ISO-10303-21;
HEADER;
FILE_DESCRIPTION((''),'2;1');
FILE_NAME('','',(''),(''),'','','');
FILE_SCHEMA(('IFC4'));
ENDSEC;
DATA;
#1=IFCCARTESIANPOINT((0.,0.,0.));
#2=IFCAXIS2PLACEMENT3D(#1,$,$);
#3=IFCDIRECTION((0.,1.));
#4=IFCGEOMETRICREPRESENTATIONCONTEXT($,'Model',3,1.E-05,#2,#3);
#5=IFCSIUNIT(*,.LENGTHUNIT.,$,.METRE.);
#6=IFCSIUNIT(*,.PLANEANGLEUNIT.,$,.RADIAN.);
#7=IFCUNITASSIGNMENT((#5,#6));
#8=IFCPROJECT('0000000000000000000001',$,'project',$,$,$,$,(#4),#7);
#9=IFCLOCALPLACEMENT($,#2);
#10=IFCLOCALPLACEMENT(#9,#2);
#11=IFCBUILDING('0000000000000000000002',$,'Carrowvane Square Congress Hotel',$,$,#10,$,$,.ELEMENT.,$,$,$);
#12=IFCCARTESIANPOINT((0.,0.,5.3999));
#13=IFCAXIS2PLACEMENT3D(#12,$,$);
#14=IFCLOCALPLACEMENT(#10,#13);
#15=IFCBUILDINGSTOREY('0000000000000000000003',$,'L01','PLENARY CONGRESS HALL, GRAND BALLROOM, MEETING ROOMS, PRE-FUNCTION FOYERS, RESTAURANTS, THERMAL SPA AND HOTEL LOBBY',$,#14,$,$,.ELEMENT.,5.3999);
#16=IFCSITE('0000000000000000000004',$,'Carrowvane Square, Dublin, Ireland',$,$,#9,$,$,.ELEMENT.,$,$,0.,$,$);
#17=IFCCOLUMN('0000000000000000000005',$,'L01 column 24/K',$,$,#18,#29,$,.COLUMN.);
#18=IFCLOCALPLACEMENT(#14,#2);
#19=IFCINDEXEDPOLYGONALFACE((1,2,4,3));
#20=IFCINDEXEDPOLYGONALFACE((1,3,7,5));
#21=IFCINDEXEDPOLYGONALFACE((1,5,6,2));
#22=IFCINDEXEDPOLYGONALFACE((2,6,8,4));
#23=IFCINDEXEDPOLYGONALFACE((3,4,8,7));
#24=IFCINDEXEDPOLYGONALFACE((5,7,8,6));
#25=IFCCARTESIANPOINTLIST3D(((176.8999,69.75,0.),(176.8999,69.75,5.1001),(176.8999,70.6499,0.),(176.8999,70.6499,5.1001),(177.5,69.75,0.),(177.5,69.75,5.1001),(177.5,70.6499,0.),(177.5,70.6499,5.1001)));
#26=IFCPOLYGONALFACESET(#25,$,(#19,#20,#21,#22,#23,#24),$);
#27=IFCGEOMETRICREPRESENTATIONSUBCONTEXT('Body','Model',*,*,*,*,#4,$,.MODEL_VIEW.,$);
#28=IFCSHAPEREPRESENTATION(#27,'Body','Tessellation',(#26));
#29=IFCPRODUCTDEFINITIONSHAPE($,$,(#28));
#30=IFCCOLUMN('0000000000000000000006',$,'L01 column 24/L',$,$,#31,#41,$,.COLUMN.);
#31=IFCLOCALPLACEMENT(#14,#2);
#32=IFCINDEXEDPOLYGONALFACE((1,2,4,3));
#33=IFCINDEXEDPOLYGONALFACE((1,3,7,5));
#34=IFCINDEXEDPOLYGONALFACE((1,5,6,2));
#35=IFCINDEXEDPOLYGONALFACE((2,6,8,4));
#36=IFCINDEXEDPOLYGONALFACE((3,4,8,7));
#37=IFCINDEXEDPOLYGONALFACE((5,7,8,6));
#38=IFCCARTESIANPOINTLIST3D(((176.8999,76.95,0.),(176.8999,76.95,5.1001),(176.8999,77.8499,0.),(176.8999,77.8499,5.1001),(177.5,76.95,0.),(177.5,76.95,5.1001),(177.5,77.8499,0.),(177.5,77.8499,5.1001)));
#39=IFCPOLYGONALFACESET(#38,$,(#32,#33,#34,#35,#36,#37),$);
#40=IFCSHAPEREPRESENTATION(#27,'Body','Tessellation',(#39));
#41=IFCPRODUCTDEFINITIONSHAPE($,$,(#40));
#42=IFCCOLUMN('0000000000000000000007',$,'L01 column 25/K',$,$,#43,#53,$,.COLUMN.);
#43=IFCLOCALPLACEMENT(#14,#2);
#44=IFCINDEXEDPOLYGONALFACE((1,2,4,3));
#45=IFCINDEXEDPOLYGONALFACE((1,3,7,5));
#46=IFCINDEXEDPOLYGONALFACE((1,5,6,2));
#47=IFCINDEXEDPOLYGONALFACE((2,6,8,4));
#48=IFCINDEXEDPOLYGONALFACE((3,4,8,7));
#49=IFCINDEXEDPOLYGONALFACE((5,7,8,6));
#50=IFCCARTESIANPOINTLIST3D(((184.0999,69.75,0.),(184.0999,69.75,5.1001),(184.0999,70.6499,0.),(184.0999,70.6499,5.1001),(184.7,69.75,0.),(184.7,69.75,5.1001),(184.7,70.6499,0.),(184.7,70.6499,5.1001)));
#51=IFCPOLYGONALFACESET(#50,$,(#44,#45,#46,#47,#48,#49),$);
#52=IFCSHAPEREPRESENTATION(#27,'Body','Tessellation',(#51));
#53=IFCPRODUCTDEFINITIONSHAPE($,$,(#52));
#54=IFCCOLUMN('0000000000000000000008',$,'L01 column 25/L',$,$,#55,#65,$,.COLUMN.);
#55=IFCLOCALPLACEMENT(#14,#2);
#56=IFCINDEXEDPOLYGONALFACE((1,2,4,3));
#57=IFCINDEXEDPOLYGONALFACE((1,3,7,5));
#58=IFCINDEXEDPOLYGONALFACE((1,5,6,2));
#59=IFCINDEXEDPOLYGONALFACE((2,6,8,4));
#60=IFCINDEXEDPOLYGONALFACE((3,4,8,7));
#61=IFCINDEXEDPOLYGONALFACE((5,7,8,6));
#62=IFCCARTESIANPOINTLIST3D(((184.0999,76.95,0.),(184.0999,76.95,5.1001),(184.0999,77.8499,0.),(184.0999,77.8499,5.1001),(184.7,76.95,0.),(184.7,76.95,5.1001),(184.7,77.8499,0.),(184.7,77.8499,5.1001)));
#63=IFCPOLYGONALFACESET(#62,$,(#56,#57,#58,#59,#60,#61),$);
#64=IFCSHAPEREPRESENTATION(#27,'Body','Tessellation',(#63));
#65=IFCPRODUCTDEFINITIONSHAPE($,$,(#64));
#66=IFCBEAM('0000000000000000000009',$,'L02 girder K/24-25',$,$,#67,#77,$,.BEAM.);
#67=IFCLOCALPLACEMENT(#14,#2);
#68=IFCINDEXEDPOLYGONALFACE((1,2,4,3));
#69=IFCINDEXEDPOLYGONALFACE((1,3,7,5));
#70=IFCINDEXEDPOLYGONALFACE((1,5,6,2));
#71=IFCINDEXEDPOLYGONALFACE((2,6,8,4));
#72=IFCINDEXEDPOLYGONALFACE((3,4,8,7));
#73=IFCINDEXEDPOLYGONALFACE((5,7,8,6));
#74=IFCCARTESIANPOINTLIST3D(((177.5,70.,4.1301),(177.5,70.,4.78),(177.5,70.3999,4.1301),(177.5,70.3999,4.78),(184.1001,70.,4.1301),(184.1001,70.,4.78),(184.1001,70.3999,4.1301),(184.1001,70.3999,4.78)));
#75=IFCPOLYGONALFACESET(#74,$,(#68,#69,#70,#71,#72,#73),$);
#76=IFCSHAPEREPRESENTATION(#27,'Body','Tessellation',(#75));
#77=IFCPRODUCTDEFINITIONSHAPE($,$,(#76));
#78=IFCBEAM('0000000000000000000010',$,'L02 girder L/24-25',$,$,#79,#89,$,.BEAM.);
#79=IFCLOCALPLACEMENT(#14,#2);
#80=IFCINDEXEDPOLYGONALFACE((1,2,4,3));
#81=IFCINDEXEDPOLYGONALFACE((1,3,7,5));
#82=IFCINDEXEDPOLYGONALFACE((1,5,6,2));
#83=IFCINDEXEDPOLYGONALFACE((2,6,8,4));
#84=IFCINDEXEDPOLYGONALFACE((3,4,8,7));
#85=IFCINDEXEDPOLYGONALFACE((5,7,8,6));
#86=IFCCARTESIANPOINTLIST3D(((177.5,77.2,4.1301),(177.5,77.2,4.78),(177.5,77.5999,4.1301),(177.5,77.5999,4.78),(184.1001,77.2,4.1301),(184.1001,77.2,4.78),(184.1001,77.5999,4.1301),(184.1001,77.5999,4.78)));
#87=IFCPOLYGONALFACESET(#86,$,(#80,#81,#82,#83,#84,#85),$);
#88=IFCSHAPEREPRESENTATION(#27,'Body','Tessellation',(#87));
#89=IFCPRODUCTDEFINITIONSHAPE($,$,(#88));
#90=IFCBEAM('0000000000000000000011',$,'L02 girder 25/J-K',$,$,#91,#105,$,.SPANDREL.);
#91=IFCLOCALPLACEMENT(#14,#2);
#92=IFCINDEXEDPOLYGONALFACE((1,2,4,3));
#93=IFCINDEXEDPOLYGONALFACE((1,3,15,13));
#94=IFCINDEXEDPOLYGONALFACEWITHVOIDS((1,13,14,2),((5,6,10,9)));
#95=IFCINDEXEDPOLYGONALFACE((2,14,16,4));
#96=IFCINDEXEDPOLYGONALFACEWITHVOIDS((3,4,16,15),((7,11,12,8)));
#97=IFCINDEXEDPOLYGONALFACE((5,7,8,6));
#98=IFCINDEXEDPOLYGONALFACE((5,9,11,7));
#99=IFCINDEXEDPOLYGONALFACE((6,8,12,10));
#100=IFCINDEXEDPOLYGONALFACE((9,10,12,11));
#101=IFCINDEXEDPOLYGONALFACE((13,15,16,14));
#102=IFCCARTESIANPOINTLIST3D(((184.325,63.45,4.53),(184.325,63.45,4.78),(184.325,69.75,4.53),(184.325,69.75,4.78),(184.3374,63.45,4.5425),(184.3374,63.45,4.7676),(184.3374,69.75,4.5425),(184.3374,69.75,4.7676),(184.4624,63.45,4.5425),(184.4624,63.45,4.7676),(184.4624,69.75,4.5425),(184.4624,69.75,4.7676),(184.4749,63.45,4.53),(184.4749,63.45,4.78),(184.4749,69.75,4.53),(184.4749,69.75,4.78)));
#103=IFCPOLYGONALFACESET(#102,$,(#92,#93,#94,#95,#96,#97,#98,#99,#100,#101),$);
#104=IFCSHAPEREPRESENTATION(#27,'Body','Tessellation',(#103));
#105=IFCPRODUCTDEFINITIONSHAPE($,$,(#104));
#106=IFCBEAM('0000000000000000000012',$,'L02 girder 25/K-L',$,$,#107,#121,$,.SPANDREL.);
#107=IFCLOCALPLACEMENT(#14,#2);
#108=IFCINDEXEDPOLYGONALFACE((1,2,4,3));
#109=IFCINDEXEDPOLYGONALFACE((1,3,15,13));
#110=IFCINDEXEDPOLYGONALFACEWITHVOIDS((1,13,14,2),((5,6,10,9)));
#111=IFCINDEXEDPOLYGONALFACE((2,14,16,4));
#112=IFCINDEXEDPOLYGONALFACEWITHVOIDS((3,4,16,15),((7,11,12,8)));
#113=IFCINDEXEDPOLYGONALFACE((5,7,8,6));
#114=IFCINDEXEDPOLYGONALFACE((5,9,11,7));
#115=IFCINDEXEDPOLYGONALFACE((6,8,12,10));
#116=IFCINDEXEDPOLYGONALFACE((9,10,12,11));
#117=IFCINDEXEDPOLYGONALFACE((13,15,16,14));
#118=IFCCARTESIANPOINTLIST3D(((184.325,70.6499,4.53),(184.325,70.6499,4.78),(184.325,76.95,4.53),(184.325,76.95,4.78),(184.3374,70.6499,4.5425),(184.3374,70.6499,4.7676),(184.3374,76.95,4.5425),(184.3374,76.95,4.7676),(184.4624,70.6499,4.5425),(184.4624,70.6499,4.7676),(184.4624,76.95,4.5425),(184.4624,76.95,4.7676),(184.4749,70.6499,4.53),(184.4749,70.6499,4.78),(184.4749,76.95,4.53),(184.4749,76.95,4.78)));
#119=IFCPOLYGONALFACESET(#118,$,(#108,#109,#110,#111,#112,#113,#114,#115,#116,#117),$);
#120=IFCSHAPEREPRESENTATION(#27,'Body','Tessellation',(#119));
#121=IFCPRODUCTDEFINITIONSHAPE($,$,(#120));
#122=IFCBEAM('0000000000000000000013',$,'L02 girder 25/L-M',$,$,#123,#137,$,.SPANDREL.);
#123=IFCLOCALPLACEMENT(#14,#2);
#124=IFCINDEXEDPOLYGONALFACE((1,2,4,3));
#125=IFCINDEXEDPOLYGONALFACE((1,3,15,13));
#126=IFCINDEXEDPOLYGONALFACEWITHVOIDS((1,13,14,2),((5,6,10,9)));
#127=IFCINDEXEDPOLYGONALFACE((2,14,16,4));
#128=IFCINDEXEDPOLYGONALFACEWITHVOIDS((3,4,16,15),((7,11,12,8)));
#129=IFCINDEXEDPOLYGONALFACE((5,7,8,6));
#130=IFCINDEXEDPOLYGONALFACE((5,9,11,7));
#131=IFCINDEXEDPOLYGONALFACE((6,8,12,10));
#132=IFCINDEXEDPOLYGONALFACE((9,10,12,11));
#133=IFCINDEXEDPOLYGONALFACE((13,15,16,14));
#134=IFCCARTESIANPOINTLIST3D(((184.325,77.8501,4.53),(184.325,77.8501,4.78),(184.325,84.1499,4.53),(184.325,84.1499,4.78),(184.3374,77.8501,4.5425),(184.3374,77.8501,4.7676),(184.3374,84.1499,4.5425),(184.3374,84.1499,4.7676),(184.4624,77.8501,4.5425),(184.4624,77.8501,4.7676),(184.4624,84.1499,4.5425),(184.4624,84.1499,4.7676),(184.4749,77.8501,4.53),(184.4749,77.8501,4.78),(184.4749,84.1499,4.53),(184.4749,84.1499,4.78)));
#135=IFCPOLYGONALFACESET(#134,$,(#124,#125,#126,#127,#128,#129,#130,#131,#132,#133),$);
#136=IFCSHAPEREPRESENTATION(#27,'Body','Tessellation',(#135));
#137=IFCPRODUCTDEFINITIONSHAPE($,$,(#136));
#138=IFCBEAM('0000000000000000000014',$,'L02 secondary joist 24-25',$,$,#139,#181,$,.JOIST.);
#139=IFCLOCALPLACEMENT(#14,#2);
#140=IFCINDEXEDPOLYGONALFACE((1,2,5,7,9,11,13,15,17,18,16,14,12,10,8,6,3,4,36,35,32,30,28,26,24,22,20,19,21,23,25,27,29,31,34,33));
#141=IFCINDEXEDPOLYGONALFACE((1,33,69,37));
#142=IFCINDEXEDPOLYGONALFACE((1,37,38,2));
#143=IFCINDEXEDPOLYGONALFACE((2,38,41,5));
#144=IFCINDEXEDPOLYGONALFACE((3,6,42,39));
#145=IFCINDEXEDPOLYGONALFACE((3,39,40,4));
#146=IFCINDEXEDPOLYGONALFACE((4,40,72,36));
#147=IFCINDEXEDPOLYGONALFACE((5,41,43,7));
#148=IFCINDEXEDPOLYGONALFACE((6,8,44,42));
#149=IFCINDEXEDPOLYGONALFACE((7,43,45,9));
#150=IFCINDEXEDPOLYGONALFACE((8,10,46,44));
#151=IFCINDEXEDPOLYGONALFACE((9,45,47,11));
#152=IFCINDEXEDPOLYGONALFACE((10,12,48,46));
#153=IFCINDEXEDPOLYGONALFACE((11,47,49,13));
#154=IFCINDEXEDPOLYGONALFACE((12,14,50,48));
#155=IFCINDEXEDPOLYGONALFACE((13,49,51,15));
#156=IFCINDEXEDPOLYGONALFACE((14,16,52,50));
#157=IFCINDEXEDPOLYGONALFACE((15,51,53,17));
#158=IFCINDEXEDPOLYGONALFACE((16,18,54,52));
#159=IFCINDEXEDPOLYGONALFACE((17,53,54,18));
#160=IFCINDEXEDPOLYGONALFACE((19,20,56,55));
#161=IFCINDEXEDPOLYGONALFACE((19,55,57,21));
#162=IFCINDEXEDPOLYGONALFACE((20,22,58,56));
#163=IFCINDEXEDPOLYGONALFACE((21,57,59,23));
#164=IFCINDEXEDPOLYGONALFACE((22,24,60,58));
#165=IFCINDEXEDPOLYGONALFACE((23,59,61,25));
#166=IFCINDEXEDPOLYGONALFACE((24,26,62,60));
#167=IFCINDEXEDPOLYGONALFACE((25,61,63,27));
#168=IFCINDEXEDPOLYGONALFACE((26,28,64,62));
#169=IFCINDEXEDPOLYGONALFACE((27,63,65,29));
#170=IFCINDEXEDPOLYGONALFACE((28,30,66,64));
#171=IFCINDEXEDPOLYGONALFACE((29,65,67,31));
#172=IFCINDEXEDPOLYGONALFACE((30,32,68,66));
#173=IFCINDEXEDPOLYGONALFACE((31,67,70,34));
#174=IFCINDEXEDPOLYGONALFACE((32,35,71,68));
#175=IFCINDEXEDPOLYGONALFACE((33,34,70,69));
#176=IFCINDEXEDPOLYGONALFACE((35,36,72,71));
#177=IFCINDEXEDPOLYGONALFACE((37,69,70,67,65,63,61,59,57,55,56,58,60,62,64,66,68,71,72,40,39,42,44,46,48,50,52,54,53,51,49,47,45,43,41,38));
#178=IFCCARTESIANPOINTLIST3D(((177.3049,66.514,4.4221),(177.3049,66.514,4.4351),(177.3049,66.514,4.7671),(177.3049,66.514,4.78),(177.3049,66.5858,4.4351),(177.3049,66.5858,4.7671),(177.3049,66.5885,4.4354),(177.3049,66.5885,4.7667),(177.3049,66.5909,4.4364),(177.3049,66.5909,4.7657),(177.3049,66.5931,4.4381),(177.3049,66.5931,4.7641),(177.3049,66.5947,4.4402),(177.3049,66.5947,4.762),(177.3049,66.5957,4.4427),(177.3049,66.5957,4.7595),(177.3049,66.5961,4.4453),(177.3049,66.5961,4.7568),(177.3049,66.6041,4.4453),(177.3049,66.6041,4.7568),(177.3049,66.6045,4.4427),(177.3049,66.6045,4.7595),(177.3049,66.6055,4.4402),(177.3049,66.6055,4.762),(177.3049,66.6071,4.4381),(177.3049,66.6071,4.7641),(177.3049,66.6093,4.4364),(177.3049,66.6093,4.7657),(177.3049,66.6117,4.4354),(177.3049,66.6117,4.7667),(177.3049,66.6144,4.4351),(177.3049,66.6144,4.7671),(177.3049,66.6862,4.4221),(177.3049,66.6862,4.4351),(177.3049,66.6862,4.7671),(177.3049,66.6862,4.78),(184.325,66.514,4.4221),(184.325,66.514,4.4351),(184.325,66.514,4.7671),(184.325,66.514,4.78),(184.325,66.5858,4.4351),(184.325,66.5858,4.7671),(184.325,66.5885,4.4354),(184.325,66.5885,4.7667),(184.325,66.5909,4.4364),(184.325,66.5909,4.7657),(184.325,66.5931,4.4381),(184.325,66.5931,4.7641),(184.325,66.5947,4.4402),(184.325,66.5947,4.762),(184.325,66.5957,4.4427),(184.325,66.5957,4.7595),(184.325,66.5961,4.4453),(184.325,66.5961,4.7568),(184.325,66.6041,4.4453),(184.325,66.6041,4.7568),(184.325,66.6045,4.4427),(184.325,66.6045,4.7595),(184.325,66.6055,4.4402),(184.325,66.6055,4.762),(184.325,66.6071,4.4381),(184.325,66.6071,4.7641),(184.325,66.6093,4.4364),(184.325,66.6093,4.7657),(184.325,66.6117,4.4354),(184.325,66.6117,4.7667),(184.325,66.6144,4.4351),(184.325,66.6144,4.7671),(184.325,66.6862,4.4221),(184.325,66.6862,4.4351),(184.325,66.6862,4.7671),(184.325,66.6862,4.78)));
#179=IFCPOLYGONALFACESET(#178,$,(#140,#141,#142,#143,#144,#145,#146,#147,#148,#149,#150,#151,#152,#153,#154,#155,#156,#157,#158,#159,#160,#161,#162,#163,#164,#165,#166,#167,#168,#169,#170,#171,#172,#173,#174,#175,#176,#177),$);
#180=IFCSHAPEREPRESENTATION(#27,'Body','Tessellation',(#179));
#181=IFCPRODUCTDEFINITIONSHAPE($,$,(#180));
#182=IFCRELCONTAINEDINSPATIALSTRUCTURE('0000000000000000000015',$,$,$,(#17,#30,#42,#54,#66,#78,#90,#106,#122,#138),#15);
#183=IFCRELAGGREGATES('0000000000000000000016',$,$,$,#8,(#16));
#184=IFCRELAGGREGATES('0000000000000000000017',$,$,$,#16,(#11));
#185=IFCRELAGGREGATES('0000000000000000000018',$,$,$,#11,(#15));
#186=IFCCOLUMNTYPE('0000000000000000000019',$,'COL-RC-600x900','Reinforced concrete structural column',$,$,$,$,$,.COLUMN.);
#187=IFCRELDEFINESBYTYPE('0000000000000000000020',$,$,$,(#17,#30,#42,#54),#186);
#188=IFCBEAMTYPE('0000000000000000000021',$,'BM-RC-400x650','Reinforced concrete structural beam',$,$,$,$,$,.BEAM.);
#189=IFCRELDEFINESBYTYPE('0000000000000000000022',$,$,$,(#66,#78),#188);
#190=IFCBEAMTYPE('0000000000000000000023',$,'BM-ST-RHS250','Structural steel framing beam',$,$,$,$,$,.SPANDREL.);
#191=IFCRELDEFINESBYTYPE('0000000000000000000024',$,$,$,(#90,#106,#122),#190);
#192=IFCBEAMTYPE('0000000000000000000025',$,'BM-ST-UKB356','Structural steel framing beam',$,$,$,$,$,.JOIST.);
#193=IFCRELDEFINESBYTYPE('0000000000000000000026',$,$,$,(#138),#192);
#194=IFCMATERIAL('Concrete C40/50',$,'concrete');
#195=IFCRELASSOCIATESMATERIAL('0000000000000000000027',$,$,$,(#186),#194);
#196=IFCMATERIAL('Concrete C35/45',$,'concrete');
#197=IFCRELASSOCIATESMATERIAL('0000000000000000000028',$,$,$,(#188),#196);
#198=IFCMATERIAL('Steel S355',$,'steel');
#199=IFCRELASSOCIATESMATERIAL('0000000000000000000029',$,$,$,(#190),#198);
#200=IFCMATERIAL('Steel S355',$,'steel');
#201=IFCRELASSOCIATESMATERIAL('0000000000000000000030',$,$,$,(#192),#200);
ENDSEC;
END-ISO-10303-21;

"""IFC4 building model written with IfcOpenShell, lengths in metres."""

from ifc_helpers import new_model, si_unit, direction, frame, origin, origin_2d, place, context, subcontext, project, spatial, rectangle, hollow_rectangle, i_section, extrude, material, material_profile, profile_set, type_object, element, save


model = new_model("IFC4")

# Units and contexts
model_context = context("Model", 3, precision=1e-05, world=origin(), true_north=direction((0.0, 1.0)))
body_context = subcontext(model_context, "Body", "Model", "MODEL_VIEW")
ifc_project = project(units=[si_unit("LENGTHUNIT", "METRE"), si_unit("PLANEANGLEUNIT", "RADIAN")], contexts=[model_context])

# Site, building, storey
site_placement = place(None, origin())
site = spatial("IfcSite", under=ifc_project, at=site_placement, Name="Carrowvane Square, Dublin, Ireland", CompositionType="ELEMENT", RefElevation=0.0)
building_placement = place(site_placement, origin())
building = spatial("IfcBuilding", under=site, at=building_placement, Name="Carrowvane Square Congress Hotel", CompositionType="ELEMENT")
storey_placement = place(building_placement, frame((0.0, 0.0, 5.3999)))
storey = spatial("IfcBuildingStorey", under=building, at=storey_placement, Name="L01", Description="PLENARY CONGRESS HALL, GRAND BALLROOM, MEETING ROOMS, PRE-FUNCTION FOYERS, RESTAURANTS, THERMAL SPA AND HOTEL LOBBY", CompositionType="ELEMENT", Elevation=5.3999)

# Columns
ifc_material_1 = material(Name="Concrete C40/50", Category="concrete")
ifc_material_profile_1 = material_profile(ifc_material_1, rectangle(XDim=0.6001, YDim=0.8999, at=origin_2d()), Name="RC 600x900")
ifc_profile_set_1 = profile_set([ifc_material_profile_1], Name="Concrete C40/50")
column_type = type_object("IfcColumnType", Name="COL-RC-600x900", Description="Reinforced concrete structural column", PredefinedType="COLUMN", material=ifc_profile_set_1)
for number, where, z_axis, x_axis, name in (
    (1, (177.2, 70.2, 0.0), (0.0, 0.0, 1.0), (1.0, 0.0, 0.0), "L01 column 24/K"),
    (2, (177.2, 77.3999, 0.0), (0.0, 0.0, 1.0), (1.0, 0.0, 0.0), "L01 column 24/L"),
    (3, (184.3999, 70.2, 0.0), (0.0, 0.0, 1.0), (1.0, 0.0, 0.0), "L01 column 25/K"),
    (4, (184.3999, 77.3999, 0.0), (0.0, 0.0, 1.0), (1.0, 0.0, 0.0), "L01 column 25/L"),
):
    element("IfcColumn", number, at=place(storey_placement, frame(where, z_axis=z_axis, x_axis=x_axis)), inside=storey, type_object=column_type, Name=name, PredefinedType="COLUMN", context=body_context, shape_type="SweptSolid", body=[
        extrude(rectangle(XDim=0.6001, YDim=0.8999, at=origin_2d()), origin(), (0.0, 0.0, 1.0), 5.1001),
    ])

# Beams
ifc_material_2 = material(Name="Concrete C35/45", Category="concrete")
ifc_material_profile_2 = material_profile(ifc_material_2, rectangle(XDim=0.3999, YDim=0.6499, at=origin_2d()), Name="RC 400x650")
ifc_profile_set_2 = profile_set([ifc_material_profile_2], Name="Concrete C35/45")
beam_type_1 = type_object("IfcBeamType", Name="BM-RC-400x650", Description="Reinforced concrete structural beam", PredefinedType="BEAM", material=ifc_profile_set_2)
for number, where, z_axis, x_axis, name in (
    (5, (177.5, 70.2, 4.4551), (1.0, 0.0, 0.0), (0.0, 1.0, 0.0), "L02 girder K/24-25"),
    (6, (177.5, 77.3999, 4.4551), (1.0, 0.0, 0.0), (0.0, 1.0, 0.0), "L02 girder L/24-25"),
):
    element("IfcBeam", number, at=place(storey_placement, frame(where, z_axis=z_axis, x_axis=x_axis)), inside=storey, type_object=beam_type_1, Name=name, PredefinedType="BEAM", context=body_context, shape_type="SweptSolid", body=[
        extrude(rectangle(XDim=0.3999, YDim=0.6499, at=origin_2d()), origin(), (0.0, 0.0, 1.0), 6.6001),
    ])
ifc_material_3 = material(Name="Steel S355", Category="steel")
ifc_material_profile_3 = material_profile(ifc_material_3, hollow_rectangle(XDim=0.1499, YDim=0.25, WallThickness=0.0125, at=origin_2d()), Name="RHS 250x150x12.5")
ifc_profile_set_3 = profile_set([ifc_material_profile_3], Name="Steel S355")
beam_type_2 = type_object("IfcBeamType", Name="BM-ST-RHS250", Description="Structural steel framing beam", PredefinedType="SPANDREL", material=ifc_profile_set_3)
for number, where, z_axis, x_axis, name in (
    (7, (184.3999, 63.45, 4.655), (0.0, 1.0, 0.0), (-1.0, 0.0, 0.0), "L02 girder 25/J-K"),
    (8, (184.3999, 70.6499, 4.655), (0.0, 1.0, 0.0), (-1.0, 0.0, 0.0), "L02 girder 25/K-L"),
):
    element("IfcBeam", number, at=place(storey_placement, frame(where, z_axis=z_axis, x_axis=x_axis)), inside=storey, type_object=beam_type_2, Name=name, PredefinedType="SPANDREL", context=body_context, shape_type="SweptSolid", body=[
        extrude(hollow_rectangle(XDim=0.1499, YDim=0.25, WallThickness=0.0125, at=origin_2d()), origin(), (0.0, 0.0, 1.0), 6.3),
    ])
beam_1_placement = place(storey_placement, frame((184.3999, 77.8501, 4.655), z_axis=(0.0, 1.0, 0.0), x_axis=(-1.0, 0.0, 0.0)))
element("IfcBeam", 9, at=beam_1_placement, inside=storey, type_object=beam_type_2, Name="L02 girder 25/L-M", PredefinedType="SPANDREL", context=body_context, shape_type="SweptSolid", body=[
    extrude(hollow_rectangle(XDim=0.1499, YDim=0.25, WallThickness=0.0125, at=origin_2d()), origin(), (0.0, 0.0, 1.0), 6.2998),
])
ifc_material_4 = material(Name="Steel S355", Category="steel")
ifc_material_profile_4 = material_profile(ifc_material_4, i_section(OverallWidth=0.1721, OverallDepth=0.3579, WebThickness=0.0081, FlangeThickness=0.0129, FilletRadius=0.0103, at=origin_2d()), Name="UKB 356x171x57")
ifc_profile_set_4 = profile_set([ifc_material_profile_4], Name="Steel S355")
beam_type_3 = type_object("IfcBeamType", Name="BM-ST-UKB356", Description="Structural steel framing beam", PredefinedType="JOIST", material=ifc_profile_set_4)
for number, where, z_axis, x_axis, name in (
    (10, (177.3049, 66.6001, 4.6011), (1.0, 0.0, 0.0), (0.0, 1.0, 0.0), "L02 secondary joist 24-25"),
):
    element("IfcBeam", number, at=place(storey_placement, frame(where, z_axis=z_axis, x_axis=x_axis)), inside=storey, type_object=beam_type_3, Name=name, PredefinedType="JOIST", context=body_context, shape_type="SweptSolid", body=[
        extrude(i_section(OverallWidth=0.1721, OverallDepth=0.3579, WebThickness=0.0081, FlangeThickness=0.0129, FilletRadius=0.0103, at=origin_2d()), origin(), (0.0, 0.0, 1.0), 7.02),
    ])

save(model, "model.ifc")
